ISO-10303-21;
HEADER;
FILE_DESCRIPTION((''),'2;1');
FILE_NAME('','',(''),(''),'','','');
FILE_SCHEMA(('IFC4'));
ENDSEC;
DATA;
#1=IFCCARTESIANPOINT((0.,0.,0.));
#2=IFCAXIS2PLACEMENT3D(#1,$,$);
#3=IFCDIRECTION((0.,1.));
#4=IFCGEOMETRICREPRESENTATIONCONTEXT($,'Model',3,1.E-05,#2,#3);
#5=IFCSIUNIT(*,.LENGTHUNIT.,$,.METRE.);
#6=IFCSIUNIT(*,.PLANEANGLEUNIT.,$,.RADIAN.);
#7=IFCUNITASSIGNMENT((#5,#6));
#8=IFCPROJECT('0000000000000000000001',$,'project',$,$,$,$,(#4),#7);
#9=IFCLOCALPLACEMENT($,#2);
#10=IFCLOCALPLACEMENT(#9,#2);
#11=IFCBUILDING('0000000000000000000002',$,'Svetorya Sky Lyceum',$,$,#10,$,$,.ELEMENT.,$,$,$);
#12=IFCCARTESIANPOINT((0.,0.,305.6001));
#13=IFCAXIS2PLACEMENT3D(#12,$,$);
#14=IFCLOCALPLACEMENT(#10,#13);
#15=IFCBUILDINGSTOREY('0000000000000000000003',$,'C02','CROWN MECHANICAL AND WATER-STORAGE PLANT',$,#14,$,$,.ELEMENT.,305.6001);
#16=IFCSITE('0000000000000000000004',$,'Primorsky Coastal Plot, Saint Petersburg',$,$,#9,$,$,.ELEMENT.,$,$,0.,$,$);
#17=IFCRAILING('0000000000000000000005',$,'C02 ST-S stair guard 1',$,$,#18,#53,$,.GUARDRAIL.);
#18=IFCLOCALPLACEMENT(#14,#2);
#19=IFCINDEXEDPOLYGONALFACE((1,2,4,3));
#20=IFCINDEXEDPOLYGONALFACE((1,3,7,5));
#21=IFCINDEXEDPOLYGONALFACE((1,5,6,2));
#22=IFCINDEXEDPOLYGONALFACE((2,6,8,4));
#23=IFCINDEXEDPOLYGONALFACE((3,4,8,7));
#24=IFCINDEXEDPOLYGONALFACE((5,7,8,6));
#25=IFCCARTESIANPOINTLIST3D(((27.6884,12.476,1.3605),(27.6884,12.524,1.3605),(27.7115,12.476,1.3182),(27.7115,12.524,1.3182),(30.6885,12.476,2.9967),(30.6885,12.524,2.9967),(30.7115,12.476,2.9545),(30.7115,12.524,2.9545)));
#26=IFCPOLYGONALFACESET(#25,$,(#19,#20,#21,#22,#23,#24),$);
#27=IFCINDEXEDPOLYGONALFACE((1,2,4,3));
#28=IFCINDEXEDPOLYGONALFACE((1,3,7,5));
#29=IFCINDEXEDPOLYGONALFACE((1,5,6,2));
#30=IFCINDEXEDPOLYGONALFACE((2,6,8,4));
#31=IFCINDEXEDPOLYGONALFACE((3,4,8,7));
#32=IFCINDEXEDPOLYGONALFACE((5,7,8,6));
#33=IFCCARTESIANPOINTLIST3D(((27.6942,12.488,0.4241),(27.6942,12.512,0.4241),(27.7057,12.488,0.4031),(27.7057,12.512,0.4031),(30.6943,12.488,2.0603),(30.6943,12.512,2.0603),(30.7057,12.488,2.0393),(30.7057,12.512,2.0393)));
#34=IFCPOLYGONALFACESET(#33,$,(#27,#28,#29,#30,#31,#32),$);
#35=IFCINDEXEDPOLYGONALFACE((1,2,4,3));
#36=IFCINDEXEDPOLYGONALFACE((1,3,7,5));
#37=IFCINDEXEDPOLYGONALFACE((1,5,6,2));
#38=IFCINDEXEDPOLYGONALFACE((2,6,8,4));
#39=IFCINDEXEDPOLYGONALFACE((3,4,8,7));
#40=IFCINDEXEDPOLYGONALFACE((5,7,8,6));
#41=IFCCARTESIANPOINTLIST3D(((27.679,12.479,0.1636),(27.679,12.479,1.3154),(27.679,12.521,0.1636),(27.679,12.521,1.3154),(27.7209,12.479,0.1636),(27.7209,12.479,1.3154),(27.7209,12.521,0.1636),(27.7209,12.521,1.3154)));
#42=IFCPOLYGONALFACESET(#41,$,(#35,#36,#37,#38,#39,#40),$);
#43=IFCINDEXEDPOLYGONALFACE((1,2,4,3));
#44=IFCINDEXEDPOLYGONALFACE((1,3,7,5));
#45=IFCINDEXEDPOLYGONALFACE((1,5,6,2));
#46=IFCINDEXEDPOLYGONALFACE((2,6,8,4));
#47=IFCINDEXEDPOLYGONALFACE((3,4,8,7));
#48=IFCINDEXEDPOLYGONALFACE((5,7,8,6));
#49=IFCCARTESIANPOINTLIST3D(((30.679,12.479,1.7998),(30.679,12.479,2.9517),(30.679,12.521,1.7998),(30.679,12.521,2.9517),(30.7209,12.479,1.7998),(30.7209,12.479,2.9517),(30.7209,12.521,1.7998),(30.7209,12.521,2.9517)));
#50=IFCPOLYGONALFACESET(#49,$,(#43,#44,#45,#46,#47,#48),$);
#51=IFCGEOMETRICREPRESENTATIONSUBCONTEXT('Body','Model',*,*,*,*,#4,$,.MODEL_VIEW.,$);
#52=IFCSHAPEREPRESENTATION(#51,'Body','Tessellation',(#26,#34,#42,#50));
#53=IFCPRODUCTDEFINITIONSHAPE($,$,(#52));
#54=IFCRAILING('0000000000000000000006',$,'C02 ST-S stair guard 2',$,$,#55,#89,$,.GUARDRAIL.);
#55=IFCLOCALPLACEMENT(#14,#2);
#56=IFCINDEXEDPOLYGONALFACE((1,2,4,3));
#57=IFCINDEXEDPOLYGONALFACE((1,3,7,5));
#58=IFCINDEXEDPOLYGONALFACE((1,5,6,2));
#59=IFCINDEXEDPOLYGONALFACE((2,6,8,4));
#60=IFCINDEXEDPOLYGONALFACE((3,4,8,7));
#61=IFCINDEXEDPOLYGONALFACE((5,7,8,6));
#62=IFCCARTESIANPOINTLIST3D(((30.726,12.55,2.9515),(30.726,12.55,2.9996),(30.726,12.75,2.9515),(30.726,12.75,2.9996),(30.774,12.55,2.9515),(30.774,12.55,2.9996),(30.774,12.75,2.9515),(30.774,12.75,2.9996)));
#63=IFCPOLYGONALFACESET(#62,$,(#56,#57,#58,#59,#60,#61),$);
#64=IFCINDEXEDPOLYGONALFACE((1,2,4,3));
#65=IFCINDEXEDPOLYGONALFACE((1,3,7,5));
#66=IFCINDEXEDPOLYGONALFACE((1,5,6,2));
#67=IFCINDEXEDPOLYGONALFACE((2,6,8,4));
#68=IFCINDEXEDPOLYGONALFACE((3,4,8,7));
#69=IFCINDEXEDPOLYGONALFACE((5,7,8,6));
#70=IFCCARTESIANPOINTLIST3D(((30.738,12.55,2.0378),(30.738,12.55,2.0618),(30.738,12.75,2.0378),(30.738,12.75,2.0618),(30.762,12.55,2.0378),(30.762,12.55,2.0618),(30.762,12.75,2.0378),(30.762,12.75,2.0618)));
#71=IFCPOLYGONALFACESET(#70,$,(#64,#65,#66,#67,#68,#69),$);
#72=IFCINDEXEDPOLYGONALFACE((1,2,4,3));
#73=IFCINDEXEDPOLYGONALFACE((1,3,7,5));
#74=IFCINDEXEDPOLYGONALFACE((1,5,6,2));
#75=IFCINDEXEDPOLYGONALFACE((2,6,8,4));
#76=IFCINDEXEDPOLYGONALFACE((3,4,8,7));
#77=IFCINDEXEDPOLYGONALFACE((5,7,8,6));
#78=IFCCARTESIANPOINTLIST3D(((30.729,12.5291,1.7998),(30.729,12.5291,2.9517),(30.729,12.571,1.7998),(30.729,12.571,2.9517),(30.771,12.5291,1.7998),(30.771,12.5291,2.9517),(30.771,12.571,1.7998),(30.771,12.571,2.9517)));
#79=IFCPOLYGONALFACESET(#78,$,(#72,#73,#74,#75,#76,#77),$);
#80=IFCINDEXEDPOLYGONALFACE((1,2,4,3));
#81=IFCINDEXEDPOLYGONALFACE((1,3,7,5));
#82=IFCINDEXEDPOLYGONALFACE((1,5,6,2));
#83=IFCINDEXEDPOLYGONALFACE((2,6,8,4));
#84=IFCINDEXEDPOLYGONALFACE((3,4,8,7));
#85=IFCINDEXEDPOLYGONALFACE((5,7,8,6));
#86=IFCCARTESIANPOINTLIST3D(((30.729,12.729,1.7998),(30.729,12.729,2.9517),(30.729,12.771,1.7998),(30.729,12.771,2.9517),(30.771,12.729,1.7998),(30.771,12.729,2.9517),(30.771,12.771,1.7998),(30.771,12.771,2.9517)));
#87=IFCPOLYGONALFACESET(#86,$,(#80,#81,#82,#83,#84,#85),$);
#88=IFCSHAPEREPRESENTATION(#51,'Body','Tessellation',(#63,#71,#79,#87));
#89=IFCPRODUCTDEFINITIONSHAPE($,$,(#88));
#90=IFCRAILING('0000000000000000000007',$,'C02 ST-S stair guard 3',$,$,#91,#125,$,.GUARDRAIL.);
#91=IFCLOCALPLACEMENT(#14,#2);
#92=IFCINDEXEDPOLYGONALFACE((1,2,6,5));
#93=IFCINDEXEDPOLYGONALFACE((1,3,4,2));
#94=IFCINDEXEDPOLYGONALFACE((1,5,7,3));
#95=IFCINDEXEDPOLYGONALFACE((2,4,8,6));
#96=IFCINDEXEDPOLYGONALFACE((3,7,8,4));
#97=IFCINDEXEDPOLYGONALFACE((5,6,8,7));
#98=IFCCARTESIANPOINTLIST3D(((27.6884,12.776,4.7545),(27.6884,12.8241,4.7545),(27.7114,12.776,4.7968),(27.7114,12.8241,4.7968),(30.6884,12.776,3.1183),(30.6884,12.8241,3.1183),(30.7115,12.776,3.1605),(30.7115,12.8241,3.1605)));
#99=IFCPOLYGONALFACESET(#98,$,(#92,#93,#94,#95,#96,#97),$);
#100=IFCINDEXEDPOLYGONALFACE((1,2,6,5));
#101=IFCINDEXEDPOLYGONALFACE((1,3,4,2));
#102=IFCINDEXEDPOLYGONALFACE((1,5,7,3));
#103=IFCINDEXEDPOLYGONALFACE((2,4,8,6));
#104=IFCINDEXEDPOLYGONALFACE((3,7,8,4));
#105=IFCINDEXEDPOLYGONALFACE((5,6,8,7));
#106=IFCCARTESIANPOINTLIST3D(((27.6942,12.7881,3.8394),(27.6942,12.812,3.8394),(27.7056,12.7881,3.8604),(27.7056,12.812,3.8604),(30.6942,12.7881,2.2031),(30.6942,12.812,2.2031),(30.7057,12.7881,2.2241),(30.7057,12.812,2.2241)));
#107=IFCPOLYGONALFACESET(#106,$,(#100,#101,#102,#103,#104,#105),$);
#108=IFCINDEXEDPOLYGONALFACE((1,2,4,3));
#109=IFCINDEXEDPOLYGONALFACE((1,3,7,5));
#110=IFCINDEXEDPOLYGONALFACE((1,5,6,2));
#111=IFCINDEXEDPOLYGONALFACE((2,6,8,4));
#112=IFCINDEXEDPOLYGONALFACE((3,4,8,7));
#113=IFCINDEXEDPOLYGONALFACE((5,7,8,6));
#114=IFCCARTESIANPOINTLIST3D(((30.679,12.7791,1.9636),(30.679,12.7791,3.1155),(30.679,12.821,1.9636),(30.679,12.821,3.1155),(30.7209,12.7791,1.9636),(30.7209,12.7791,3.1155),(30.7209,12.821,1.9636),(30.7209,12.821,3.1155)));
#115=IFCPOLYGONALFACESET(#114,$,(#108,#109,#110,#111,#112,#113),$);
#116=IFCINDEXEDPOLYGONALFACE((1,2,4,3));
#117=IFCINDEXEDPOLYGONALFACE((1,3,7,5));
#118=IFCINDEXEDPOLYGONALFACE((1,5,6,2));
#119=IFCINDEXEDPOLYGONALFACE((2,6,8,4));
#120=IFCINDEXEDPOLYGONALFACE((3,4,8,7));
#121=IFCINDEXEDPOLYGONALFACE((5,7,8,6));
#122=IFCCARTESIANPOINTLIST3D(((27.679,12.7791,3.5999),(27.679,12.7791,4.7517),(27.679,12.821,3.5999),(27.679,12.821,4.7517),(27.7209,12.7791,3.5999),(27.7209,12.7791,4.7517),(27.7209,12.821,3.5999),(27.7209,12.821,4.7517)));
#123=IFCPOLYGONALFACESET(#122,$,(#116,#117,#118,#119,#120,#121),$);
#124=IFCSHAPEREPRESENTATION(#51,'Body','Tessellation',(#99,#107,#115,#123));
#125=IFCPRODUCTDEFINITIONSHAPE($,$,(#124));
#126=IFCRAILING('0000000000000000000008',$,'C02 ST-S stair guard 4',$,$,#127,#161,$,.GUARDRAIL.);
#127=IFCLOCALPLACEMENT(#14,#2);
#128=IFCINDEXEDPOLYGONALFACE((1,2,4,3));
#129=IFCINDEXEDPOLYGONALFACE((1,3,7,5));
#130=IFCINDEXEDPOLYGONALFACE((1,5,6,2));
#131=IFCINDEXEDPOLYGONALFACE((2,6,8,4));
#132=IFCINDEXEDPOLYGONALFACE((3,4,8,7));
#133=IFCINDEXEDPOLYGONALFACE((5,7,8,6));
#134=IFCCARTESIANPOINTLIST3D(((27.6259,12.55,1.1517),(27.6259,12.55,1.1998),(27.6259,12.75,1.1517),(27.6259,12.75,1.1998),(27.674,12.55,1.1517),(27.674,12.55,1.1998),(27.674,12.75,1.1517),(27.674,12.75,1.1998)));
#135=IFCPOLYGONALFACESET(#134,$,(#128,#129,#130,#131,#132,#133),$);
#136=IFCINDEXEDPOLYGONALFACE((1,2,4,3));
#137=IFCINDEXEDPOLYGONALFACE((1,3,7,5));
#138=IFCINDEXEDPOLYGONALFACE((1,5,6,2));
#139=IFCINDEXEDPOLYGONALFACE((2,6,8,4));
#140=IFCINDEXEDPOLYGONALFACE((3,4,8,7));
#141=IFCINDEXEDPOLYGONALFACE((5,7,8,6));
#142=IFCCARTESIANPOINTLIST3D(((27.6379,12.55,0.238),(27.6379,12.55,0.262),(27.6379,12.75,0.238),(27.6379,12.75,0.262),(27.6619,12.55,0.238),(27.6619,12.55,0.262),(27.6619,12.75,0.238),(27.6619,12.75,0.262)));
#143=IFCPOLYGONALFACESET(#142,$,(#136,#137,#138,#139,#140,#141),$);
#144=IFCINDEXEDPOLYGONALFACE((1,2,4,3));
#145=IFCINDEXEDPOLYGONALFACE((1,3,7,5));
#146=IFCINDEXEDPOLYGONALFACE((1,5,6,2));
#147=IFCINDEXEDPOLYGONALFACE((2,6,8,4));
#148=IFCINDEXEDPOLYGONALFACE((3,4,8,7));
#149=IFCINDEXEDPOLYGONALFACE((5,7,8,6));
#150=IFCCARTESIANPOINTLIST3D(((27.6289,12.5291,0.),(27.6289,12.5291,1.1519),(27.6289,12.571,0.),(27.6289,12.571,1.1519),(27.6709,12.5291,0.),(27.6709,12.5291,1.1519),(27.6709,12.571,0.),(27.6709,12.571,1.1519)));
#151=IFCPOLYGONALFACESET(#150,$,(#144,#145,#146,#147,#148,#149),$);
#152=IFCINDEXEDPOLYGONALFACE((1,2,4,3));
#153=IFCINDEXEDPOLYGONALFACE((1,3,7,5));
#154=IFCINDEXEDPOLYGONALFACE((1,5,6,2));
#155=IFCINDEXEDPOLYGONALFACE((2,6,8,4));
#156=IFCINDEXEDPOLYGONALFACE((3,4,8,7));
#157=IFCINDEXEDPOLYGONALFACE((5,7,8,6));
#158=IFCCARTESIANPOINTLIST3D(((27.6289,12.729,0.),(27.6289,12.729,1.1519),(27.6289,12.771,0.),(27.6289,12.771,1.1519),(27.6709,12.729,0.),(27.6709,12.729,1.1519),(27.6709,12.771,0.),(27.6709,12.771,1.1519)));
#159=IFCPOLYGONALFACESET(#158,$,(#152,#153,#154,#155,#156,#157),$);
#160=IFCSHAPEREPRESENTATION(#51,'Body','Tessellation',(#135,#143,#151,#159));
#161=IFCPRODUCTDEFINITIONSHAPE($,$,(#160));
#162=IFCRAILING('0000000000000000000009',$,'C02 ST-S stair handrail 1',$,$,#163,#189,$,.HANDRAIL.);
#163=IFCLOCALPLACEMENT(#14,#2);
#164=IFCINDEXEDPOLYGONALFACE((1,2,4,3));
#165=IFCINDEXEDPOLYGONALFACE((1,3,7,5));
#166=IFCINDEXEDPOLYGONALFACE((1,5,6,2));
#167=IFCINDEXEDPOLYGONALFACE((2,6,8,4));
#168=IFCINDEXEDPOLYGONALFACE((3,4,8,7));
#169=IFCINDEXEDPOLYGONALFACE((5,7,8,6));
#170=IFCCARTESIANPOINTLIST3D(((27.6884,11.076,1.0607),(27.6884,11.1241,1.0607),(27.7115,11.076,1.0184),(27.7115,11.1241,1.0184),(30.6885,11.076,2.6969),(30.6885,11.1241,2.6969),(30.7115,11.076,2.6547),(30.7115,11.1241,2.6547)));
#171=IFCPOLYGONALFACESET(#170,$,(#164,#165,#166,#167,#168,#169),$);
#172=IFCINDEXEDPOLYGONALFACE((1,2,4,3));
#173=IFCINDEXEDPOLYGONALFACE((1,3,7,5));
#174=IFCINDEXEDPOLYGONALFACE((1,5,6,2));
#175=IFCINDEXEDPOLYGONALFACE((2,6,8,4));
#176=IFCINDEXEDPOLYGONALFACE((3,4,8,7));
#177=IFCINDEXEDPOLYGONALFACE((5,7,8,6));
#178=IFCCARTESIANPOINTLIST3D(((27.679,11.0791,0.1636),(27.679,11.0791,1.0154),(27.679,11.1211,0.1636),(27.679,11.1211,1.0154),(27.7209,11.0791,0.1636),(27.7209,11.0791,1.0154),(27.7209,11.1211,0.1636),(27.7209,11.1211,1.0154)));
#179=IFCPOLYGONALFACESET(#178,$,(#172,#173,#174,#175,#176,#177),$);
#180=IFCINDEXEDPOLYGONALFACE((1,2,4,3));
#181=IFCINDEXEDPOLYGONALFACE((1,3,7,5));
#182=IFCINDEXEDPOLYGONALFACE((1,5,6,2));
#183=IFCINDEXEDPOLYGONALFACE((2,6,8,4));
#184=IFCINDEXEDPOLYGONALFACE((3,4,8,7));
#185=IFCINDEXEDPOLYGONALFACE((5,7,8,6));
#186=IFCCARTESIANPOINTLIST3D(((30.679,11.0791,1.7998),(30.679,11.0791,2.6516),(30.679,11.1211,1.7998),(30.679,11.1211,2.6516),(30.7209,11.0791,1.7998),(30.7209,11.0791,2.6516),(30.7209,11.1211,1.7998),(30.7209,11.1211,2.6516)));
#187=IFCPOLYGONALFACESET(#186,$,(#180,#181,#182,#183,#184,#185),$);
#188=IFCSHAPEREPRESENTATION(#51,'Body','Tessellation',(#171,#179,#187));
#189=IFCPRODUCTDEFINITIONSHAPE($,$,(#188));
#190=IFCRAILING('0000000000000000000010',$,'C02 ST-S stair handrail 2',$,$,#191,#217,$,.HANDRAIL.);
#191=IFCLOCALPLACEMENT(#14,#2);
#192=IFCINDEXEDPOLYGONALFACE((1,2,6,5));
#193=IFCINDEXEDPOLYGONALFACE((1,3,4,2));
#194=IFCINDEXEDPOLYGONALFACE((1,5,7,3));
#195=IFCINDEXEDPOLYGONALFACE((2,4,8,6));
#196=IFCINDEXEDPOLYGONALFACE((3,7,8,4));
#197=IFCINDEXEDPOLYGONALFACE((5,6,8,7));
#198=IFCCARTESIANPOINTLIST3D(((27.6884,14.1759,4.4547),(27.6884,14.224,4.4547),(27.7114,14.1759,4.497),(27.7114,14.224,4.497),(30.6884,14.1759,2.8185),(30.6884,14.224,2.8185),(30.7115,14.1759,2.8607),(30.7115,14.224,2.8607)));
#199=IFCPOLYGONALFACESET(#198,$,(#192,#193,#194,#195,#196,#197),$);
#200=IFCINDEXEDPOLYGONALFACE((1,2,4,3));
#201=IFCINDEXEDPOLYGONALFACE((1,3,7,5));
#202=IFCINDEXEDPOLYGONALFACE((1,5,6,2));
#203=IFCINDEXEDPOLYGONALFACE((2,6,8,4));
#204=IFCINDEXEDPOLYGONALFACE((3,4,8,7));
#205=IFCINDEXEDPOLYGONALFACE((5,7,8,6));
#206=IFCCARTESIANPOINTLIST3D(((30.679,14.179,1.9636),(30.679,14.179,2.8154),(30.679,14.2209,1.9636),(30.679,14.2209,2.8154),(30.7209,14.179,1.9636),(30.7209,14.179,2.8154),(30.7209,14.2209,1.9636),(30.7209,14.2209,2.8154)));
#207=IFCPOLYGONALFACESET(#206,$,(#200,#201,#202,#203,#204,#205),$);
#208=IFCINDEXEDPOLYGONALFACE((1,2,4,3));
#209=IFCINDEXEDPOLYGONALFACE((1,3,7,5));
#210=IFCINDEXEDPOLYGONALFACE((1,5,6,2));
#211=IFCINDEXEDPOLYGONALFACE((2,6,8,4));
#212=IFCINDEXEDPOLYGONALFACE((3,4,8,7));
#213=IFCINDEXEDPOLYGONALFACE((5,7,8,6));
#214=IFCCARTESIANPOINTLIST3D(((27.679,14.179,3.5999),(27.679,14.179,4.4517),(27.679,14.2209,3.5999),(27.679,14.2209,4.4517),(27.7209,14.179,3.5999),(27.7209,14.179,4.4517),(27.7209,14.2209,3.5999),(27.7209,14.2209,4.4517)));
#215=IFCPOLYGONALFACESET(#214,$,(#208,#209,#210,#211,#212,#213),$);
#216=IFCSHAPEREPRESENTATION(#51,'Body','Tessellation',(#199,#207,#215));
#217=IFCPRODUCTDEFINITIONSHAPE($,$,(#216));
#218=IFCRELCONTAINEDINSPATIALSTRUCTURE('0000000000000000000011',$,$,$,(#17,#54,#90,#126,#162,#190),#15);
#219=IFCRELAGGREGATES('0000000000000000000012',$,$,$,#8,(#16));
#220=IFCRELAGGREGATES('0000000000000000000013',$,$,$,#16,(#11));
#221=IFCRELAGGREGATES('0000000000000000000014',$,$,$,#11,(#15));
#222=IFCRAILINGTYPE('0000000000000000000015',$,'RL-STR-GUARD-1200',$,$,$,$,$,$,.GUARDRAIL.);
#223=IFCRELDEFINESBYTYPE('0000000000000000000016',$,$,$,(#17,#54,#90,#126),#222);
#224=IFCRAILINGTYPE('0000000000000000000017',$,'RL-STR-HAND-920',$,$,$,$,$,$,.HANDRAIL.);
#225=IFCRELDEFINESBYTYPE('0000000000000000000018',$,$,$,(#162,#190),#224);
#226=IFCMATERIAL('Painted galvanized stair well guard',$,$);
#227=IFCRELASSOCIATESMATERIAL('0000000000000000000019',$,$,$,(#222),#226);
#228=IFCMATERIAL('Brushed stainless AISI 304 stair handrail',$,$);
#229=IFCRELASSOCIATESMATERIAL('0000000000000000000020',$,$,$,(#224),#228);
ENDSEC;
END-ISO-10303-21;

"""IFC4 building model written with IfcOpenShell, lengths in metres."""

from ifc_helpers import new_model, si_unit, direction, frame, origin, origin_2d, place, context, subcontext, project, spatial, rectangle, extrude, material, type_object, element, save


model = new_model("IFC4")

# Units and contexts
model_context = context("Model", 3, precision=1e-05, world=origin(), true_north=direction((0.0, 1.0)))
body_context = subcontext(model_context, "Body", "Model", "MODEL_VIEW")
ifc_project = project(units=[si_unit("LENGTHUNIT", "METRE"), si_unit("PLANEANGLEUNIT", "RADIAN")], contexts=[model_context])

# Site, building, storey
site_placement = place(None, origin())
site = spatial("IfcSite", under=ifc_project, at=site_placement, Name="Primorsky Coastal Plot, Saint Petersburg", CompositionType="ELEMENT", RefElevation=0.0)
building_placement = place(site_placement, origin())
building = spatial("IfcBuilding", under=site, at=building_placement, Name="Svetorya Sky Lyceum", CompositionType="ELEMENT")
storey_placement = place(building_placement, frame((0.0, 0.0, 305.6001)))
storey = spatial("IfcBuildingStorey", under=building, at=storey_placement, Name="C02", Description="CROWN MECHANICAL AND WATER-STORAGE PLANT", CompositionType="ELEMENT", Elevation=305.6001)

# Railings
ifc_material_1 = material(Name="Painted galvanized stair well guard")
railing_type_1 = type_object("IfcRailingType", Name="RL-STR-GUARD-1200", PredefinedType="GUARDRAIL", material=ifc_material_1)
railing_1_placement = place(storey_placement, frame((27.7, 12.5, 0.1636)))
element("IfcRailing", 1, at=railing_1_placement, inside=storey, type_object=railing_type_1, Name="C02 ST-S stair guard 1", PredefinedType="GUARDRAIL", context=body_context, shape_type="SweptSolid", body=[
    extrude(rectangle(XDim=0.0481, YDim=0.0481, at=origin_2d()), frame((0.0, 0.0, 1.1758), z_axis=(0.877912, 0.0, 0.478822), x_axis=(0.0, 1.0, 0.0)), (0.0, 0.0, 1.0), 3.4172),
    extrude(rectangle(XDim=0.0239, YDim=0.0239, at=origin_2d()), frame((0.0, 0.0, 0.25), z_axis=(0.877912, 0.0, 0.478822), x_axis=(0.0, 1.0, 0.0)), (0.0, 0.0, 1.0), 3.4172),
    extrude(rectangle(XDim=0.042, YDim=0.042, at=origin_2d()), origin(), (0.0, 0.0, 1.0), 1.1519),
    extrude(rectangle(XDim=0.042, YDim=0.042, at=origin_2d()), frame((3.0, 0.0, 1.6362)), (0.0, 0.0, 1.0), 1.1519),
])
railing_2_placement = place(storey_placement, frame((30.75, 12.55, 1.7998)))
element("IfcRailing", 2, at=railing_2_placement, inside=storey, type_object=railing_type_1, Name="C02 ST-S stair guard 2", PredefinedType="GUARDRAIL", context=body_context, shape_type="SweptSolid", body=[
    extrude(rectangle(XDim=0.0481, YDim=0.0481, at=origin_2d()), frame((0.0, 0.0, 1.1758), z_axis=(0.0, 1.0, 0.0), x_axis=(-1.0, 0.0, 0.0)), (0.0, 0.0, 1.0), 0.2),
    extrude(rectangle(XDim=0.0239, YDim=0.0239, at=origin_2d()), frame((0.0, 0.0, 0.25), z_axis=(0.0, 1.0, 0.0), x_axis=(-1.0, 0.0, 0.0)), (0.0, 0.0, 1.0), 0.2),
    extrude(rectangle(XDim=0.042, YDim=0.042, at=origin_2d()), origin(), (0.0, 0.0, 1.0), 1.1519),
    extrude(rectangle(XDim=0.042, YDim=0.042, at=origin_2d()), frame((0.0, 0.2, 0.0)), (0.0, 0.0, 1.0), 1.1519),
])
railing_3_placement = place(storey_placement, frame((30.7, 12.8, 1.9636)))
element("IfcRailing", 3, at=railing_3_placement, inside=storey, type_object=railing_type_1, Name="C02 ST-S stair guard 3", PredefinedType="GUARDRAIL", context=body_context, shape_type="SweptSolid", body=[
    extrude(rectangle(XDim=0.0481, YDim=0.0481, at=origin_2d()), frame((0.0, 0.0, 1.1758), z_axis=(-0.877912, 0.0, 0.478822), x_axis=(0.0, -1.0, 0.0)), (0.0, 0.0, 1.0), 3.4172),
    extrude(rectangle(XDim=0.0239, YDim=0.0239, at=origin_2d()), frame((0.0, 0.0, 0.25), z_axis=(-0.877912, 0.0, 0.478822), x_axis=(0.0, -1.0, 0.0)), (0.0, 0.0, 1.0), 3.4172),
    extrude(rectangle(XDim=0.042, YDim=0.042, at=origin_2d()), origin(), (0.0, 0.0, 1.0), 1.1519),
    extrude(rectangle(XDim=0.042, YDim=0.042, at=origin_2d()), frame((-3.0, 0.0, 1.6362)), (0.0, 0.0, 1.0), 1.1519),
])
railing_4_placement = place(storey_placement, frame((27.6499, 12.55, 0.0)))
element("IfcRailing", 4, at=railing_4_placement, inside=storey, type_object=railing_type_1, Name="C02 ST-S stair guard 4", PredefinedType="GUARDRAIL", context=body_context, shape_type="SweptSolid", body=[
    extrude(rectangle(XDim=0.0481, YDim=0.0481, at=origin_2d()), frame((0.0, 0.0, 1.1758), z_axis=(0.0, 1.0, 0.0), x_axis=(-1.0, 0.0, 0.0)), (0.0, 0.0, 1.0), 0.2),
    extrude(rectangle(XDim=0.0239, YDim=0.0239, at=origin_2d()), frame((0.0, 0.0, 0.25), z_axis=(0.0, 1.0, 0.0), x_axis=(-1.0, 0.0, 0.0)), (0.0, 0.0, 1.0), 0.2),
    extrude(rectangle(XDim=0.042, YDim=0.042, at=origin_2d()), origin(), (0.0, 0.0, 1.0), 1.1519),
    extrude(rectangle(XDim=0.042, YDim=0.042, at=origin_2d()), frame((0.0, 0.2, 0.0)), (0.0, 0.0, 1.0), 1.1519),
])
ifc_material_2 = material(Name="Brushed stainless AISI 304 stair handrail")
railing_type_2 = type_object("IfcRailingType", Name="RL-STR-HAND-920", PredefinedType="HANDRAIL", material=ifc_material_2)
railing_5_placement = place(storey_placement, frame((27.7, 11.1001, 0.1636)))
element("IfcRailing", 5, at=railing_5_placement, inside=storey, type_object=railing_type_2, Name="C02 ST-S stair handrail 1", PredefinedType="HANDRAIL", context=body_context, shape_type="SweptSolid", body=[
    extrude(rectangle(XDim=0.0481, YDim=0.0481, at=origin_2d()), frame((0.0, 0.0, 0.876), z_axis=(0.877912, 0.0, 0.478822), x_axis=(0.0, 1.0, 0.0)), (0.0, 0.0, 1.0), 3.4172),
    extrude(rectangle(XDim=0.042, YDim=0.042, at=origin_2d()), origin(), (0.0, 0.0, 1.0), 0.8518),
    extrude(rectangle(XDim=0.042, YDim=0.042, at=origin_2d()), frame((3.0, 0.0, 1.6362)), (0.0, 0.0, 1.0), 0.8518),
])
railing_6_placement = place(storey_placement, frame((30.7, 14.2, 1.9636)))
element("IfcRailing", 6, at=railing_6_placement, inside=storey, type_object=railing_type_2, Name="C02 ST-S stair handrail 2", PredefinedType="HANDRAIL", context=body_context, shape_type="SweptSolid", body=[
    extrude(rectangle(XDim=0.0481, YDim=0.0481, at=origin_2d()), frame((0.0, 0.0, 0.876), z_axis=(-0.877912, 0.0, 0.478822), x_axis=(0.0, -1.0, 0.0)), (0.0, 0.0, 1.0), 3.4172),
    extrude(rectangle(XDim=0.042, YDim=0.042, at=origin_2d()), origin(), (0.0, 0.0, 1.0), 0.8518),
    extrude(rectangle(XDim=0.042, YDim=0.042, at=origin_2d()), frame((-3.0, 0.0, 1.6362)), (0.0, 0.0, 1.0), 0.8518),
])

save(model, "model.ifc")
